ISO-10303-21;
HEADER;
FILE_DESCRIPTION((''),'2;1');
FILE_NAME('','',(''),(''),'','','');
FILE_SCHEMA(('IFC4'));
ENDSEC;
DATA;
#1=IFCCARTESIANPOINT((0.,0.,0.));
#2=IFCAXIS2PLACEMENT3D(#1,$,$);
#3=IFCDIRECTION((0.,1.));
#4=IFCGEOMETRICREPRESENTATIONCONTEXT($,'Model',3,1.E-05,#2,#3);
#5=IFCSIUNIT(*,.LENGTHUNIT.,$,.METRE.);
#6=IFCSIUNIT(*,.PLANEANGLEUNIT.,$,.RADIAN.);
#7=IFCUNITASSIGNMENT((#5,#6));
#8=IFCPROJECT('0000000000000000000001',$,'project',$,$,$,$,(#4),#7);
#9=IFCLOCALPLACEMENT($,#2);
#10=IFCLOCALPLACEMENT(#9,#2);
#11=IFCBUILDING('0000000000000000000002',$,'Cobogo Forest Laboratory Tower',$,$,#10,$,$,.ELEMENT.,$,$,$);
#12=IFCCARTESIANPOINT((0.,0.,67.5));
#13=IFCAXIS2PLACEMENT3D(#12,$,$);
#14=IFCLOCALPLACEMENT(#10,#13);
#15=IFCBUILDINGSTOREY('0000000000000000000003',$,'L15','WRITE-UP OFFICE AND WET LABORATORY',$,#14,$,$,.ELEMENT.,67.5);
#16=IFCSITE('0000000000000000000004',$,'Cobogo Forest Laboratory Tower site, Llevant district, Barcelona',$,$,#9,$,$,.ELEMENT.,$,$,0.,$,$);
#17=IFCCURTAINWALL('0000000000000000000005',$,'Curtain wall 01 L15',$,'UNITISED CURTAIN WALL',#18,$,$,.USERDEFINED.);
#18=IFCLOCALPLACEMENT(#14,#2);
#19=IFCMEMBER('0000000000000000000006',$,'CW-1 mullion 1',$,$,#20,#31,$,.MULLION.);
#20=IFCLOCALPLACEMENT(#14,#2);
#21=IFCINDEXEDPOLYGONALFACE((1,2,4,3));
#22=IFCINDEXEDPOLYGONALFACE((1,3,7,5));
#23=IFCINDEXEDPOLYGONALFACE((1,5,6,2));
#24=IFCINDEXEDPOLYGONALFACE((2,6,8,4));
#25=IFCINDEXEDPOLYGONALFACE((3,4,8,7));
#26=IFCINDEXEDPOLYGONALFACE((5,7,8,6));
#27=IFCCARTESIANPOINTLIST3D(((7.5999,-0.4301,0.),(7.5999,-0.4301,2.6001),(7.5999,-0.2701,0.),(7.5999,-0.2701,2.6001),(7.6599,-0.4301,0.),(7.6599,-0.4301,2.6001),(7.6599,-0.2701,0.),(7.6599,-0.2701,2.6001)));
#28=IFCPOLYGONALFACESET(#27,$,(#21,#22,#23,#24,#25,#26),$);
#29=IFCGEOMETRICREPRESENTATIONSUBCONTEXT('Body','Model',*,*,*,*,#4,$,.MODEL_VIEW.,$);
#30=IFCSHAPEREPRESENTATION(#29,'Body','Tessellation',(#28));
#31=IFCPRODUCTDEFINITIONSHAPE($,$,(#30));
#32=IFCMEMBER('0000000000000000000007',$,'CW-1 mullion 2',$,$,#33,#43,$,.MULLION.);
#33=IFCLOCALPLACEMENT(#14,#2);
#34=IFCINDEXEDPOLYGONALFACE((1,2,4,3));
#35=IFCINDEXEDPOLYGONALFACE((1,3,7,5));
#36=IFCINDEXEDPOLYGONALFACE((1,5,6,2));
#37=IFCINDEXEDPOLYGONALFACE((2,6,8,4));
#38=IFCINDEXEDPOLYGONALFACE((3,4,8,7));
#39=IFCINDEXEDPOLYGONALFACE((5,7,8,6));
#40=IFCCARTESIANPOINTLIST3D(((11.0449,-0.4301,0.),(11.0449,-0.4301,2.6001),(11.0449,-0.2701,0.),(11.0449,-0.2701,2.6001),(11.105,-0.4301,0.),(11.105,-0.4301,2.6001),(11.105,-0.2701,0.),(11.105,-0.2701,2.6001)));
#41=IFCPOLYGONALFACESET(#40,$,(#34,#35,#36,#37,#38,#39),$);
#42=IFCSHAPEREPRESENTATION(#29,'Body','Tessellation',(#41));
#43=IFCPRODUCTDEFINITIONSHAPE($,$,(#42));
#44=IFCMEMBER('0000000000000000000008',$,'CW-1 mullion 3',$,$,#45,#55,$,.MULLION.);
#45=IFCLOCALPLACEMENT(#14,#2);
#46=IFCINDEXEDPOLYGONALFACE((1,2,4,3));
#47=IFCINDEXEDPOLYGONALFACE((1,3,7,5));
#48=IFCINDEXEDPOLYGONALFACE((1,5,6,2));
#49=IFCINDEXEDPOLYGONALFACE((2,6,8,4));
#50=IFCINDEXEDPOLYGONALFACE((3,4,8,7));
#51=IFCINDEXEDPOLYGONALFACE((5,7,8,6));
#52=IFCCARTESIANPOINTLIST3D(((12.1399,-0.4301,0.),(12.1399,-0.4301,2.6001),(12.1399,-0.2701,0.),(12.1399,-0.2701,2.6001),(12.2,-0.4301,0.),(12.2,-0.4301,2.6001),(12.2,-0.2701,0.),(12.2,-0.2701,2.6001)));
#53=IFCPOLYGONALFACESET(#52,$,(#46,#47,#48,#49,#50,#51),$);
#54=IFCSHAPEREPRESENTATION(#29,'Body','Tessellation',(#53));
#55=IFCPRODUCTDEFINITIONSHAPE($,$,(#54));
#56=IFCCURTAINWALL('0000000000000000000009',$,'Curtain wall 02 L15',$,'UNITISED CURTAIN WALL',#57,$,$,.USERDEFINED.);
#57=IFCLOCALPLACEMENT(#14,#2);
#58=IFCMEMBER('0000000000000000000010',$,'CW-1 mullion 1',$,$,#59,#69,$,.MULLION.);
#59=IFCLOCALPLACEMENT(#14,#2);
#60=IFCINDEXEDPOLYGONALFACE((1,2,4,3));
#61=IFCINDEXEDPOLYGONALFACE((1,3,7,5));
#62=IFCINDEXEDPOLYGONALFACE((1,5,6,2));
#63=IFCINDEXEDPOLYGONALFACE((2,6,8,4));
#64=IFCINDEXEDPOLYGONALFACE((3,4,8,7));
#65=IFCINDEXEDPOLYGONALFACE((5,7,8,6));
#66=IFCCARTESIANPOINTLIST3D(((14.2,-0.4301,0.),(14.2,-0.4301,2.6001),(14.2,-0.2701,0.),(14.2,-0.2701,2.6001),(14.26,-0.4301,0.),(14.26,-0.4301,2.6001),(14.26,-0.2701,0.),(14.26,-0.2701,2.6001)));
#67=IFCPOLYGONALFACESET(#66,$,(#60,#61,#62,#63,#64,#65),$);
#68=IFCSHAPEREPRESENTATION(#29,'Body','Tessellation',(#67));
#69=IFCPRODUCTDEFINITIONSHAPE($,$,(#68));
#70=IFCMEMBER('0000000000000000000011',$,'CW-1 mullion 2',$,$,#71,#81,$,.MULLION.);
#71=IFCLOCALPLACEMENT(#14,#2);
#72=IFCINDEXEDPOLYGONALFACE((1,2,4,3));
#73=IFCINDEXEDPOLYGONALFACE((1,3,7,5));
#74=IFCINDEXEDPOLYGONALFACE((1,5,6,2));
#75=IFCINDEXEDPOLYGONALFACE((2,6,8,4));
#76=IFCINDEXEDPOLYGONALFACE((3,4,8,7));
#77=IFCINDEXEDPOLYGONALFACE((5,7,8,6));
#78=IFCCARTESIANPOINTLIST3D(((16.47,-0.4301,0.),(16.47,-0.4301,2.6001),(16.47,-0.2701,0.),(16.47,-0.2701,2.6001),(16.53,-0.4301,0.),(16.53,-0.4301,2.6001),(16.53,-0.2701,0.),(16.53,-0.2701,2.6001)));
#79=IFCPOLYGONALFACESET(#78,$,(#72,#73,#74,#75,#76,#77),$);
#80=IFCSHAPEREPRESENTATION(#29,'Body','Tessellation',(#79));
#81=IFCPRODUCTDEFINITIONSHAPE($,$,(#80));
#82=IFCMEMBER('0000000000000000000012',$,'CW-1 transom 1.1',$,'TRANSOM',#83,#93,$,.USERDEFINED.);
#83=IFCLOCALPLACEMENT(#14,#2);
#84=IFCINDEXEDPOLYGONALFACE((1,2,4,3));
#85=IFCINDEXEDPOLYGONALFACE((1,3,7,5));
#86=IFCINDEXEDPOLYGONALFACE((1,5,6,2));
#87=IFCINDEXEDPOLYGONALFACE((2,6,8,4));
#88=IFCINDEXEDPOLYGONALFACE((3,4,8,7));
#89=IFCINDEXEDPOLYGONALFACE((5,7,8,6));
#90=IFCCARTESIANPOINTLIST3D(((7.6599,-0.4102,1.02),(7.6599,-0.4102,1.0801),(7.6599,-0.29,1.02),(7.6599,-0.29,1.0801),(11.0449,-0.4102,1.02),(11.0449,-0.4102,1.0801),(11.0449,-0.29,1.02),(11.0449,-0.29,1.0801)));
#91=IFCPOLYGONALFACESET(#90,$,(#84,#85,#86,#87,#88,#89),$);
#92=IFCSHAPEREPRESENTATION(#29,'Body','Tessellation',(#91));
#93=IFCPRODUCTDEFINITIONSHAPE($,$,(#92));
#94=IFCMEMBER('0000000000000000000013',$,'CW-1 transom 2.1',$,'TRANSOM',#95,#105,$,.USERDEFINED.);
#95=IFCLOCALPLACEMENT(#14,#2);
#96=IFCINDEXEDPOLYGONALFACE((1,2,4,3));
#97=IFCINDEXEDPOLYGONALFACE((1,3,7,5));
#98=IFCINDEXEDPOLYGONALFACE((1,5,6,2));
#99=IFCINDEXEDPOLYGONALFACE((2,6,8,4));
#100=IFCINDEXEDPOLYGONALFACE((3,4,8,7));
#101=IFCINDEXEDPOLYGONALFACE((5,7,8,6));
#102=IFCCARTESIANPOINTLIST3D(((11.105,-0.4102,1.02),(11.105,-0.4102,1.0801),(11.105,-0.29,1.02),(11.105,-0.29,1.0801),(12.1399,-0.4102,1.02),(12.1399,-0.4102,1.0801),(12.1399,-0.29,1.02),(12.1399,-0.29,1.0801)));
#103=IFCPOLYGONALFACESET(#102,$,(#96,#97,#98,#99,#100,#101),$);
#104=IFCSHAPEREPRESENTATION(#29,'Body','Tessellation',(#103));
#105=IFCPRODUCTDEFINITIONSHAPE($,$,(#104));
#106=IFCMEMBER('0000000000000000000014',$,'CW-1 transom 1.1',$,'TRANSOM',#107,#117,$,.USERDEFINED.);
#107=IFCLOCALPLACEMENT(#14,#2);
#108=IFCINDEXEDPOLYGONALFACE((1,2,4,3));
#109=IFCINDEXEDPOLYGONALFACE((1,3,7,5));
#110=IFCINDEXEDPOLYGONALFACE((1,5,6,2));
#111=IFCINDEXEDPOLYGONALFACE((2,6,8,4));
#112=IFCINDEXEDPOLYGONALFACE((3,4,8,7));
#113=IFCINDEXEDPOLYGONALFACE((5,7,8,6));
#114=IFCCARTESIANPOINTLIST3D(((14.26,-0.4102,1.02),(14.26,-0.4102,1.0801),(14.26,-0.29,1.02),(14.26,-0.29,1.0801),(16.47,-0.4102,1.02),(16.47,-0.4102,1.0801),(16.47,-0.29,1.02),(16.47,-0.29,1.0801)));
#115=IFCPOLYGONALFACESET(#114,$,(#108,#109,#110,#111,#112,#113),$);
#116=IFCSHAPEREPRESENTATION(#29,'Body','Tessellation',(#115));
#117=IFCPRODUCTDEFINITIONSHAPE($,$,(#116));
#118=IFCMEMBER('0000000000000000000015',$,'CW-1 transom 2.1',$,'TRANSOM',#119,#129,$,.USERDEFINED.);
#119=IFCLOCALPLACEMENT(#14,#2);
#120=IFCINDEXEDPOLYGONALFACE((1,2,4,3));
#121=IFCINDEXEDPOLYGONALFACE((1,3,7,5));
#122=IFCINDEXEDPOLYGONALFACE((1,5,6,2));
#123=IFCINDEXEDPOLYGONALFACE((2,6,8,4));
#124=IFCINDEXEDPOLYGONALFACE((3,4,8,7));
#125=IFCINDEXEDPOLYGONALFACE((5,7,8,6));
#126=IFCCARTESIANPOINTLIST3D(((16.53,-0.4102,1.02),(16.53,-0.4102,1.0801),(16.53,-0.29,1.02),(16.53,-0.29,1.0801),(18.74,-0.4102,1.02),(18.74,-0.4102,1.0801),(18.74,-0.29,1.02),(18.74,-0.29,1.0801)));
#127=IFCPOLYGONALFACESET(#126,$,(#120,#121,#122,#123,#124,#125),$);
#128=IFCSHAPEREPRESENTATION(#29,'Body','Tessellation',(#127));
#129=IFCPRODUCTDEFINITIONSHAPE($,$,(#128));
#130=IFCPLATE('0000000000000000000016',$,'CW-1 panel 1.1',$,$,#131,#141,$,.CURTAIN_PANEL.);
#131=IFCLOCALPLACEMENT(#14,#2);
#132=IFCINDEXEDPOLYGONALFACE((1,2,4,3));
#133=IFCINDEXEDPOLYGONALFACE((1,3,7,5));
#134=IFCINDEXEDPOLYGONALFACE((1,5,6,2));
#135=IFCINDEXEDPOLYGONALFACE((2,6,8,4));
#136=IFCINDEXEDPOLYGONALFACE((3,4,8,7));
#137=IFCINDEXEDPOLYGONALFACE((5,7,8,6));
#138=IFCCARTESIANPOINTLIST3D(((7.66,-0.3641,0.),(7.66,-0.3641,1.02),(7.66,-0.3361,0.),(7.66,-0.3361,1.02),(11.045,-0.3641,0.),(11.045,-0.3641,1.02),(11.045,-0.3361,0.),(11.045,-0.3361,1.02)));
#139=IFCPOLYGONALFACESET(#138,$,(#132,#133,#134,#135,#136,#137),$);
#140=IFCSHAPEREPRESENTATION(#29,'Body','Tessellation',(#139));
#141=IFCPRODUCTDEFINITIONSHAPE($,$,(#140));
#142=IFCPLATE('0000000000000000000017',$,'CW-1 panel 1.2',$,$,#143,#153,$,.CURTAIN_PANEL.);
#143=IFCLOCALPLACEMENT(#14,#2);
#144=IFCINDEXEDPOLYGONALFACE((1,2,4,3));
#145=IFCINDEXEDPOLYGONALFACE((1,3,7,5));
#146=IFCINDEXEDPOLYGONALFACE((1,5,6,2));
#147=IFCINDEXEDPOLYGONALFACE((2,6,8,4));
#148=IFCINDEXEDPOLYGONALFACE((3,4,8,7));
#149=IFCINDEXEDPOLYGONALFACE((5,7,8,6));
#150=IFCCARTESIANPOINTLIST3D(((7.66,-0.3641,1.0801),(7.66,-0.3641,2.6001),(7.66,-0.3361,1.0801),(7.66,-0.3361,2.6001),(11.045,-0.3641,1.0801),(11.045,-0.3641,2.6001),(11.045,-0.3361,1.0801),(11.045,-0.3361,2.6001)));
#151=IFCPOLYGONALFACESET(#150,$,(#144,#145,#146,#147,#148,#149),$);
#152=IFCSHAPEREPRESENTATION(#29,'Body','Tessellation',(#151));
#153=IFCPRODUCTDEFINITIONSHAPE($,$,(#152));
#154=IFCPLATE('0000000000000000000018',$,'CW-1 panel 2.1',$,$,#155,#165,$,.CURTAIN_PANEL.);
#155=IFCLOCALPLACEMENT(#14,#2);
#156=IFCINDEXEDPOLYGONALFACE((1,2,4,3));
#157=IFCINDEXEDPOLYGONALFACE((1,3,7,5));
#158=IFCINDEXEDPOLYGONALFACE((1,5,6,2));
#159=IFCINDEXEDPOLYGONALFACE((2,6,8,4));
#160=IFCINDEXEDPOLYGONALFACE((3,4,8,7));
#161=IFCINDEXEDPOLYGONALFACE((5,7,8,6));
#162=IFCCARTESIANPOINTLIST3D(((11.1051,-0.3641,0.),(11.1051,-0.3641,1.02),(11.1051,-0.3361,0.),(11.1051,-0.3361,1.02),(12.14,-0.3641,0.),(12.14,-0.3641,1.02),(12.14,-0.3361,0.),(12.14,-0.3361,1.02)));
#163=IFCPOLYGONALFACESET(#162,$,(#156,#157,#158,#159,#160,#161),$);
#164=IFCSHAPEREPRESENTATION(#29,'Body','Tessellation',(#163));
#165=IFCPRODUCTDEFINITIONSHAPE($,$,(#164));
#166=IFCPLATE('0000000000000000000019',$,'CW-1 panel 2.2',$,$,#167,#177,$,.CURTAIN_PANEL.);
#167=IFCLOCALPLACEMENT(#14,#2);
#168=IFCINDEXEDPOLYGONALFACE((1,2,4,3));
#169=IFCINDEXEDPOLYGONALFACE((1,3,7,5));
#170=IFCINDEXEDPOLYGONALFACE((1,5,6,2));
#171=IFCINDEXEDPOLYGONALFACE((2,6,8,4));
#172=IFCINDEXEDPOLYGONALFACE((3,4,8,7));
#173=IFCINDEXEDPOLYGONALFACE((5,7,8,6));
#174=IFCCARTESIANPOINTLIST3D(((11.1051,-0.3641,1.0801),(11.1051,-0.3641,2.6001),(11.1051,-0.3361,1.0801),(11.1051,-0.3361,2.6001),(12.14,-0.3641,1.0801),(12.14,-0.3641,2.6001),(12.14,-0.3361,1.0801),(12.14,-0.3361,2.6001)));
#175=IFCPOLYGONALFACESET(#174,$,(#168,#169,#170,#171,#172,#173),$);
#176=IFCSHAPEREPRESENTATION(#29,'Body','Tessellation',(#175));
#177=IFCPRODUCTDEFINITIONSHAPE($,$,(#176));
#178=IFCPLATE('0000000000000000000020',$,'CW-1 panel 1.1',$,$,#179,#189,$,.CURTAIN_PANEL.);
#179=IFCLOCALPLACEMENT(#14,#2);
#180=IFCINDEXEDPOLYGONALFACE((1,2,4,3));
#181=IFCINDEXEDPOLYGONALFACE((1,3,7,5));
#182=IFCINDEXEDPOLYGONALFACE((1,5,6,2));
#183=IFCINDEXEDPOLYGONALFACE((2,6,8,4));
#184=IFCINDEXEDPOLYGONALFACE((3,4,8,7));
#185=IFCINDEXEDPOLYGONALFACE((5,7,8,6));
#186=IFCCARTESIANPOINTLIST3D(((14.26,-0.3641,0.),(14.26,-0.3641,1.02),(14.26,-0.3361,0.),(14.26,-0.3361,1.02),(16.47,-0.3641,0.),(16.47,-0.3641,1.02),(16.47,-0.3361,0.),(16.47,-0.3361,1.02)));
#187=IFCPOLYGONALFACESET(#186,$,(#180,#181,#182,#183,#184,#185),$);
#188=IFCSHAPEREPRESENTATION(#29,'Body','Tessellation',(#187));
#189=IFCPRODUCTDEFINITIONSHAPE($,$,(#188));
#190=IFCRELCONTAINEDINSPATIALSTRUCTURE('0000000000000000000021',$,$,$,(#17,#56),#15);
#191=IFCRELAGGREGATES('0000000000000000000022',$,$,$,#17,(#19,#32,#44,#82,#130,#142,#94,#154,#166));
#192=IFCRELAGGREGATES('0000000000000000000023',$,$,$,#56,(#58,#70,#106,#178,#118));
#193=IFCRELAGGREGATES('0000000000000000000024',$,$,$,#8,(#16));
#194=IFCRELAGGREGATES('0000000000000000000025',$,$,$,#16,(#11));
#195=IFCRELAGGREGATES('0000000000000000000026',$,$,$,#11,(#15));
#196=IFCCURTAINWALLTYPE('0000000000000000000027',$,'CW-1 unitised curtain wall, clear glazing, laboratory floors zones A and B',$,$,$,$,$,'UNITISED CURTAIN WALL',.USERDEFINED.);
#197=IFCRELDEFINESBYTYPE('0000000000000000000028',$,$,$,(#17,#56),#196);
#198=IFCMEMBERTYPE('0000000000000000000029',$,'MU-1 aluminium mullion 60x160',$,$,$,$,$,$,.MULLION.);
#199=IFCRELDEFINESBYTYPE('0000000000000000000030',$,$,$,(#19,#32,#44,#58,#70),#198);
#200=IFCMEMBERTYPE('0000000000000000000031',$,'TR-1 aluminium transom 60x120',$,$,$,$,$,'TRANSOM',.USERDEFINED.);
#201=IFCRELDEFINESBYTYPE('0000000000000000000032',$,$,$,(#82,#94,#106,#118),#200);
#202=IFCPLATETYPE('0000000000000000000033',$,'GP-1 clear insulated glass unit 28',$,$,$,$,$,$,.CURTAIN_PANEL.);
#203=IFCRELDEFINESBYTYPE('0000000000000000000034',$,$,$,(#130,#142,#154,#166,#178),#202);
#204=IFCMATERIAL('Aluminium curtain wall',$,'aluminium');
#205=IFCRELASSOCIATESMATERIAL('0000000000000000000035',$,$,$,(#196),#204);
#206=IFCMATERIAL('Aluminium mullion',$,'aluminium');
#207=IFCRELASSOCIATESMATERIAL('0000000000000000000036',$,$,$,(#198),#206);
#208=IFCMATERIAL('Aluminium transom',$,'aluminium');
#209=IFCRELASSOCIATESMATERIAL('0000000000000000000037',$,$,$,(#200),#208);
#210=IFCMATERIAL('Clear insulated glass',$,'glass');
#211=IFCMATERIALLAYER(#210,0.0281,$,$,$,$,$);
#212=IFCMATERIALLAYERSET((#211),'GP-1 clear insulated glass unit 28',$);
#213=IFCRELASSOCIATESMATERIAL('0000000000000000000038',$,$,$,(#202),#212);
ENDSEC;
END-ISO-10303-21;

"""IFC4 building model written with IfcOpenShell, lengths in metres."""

from ifc_helpers import new_model, si_unit, direction, frame, origin, origin_2d, place, context, subcontext, project, spatial, rectangle, extrude, material, layer, layer_set, material_profile, profile_set, type_object, element, aggregate, save


model = new_model("IFC4")

# Units and contexts
model_context = context("Model", 3, precision=1e-05, world=origin(), true_north=direction((0.0, 1.0)))
body_context = subcontext(model_context, "Body", "Model", "MODEL_VIEW")
ifc_project = project(units=[si_unit("LENGTHUNIT", "METRE"), si_unit("PLANEANGLEUNIT", "RADIAN")], contexts=[model_context])

# Site, building, storey
site_placement = place(None, origin())
site = spatial("IfcSite", under=ifc_project, at=site_placement, Name="Cobogo Forest Laboratory Tower site, Llevant district, Barcelona", CompositionType="ELEMENT", RefElevation=0.0)
building_placement = place(site_placement, origin())
building = spatial("IfcBuilding", under=site, at=building_placement, Name="Cobogo Forest Laboratory Tower", CompositionType="ELEMENT")
storey_placement = place(building_placement, frame((0.0, 0.0, 67.5)))
storey = spatial("IfcBuildingStorey", under=building, at=storey_placement, Name="L15", Description="WRITE-UP OFFICE AND WET LABORATORY", CompositionType="ELEMENT", Elevation=67.5)

# Curtain walls, members
ifc_material_1 = material(Name="Aluminium curtain wall", Category="aluminium")
curtain_wall_type = type_object("IfcCurtainWallType", Name="CW-1 unitised curtain wall, clear glazing, laboratory floors zones A and B", ElementType="UNITISED CURTAIN WALL", PredefinedType="USERDEFINED", material=ifc_material_1)
curtain_wall_1_placement = place(storey_placement, origin())
curtain_wall_1 = element("IfcCurtainWall", 1, at=curtain_wall_1_placement, inside=storey, type_object=curtain_wall_type, Name="Curtain wall 01 L15", ObjectType="UNITISED CURTAIN WALL", PredefinedType="USERDEFINED")
ifc_material_2 = material(Name="Aluminium mullion", Category="aluminium")
ifc_material_profile_1 = material_profile(ifc_material_2, rectangle(XDim=0.0601, YDim=0.1599, at=origin_2d()), Name="AL 60x160")
ifc_profile_set_1 = profile_set([ifc_material_profile_1], Name="Aluminium mullion")
member_type_1 = type_object("IfcMemberType", Name="MU-1 aluminium mullion 60x160", PredefinedType="MULLION", material=ifc_profile_set_1)
member_1_placement = place(storey_placement, frame((7.6299, -0.3501, 0.0), z_axis=(0.0, 0.0, 1.0), x_axis=(1.0, 0.0, 0.0)))
member_1 = element("IfcMember", 2, at=member_1_placement, type_object=member_type_1, Name="CW-1 mullion 1", PredefinedType="MULLION", context=body_context, shape_type="SweptSolid", body=[
    extrude(rectangle(XDim=0.0601, YDim=0.1599, at=origin_2d()), origin(), (0.0, 0.0, 1.0), 2.6001),
])
member_2_placement = place(storey_placement, frame((11.075, -0.3501, 0.0), z_axis=(0.0, 0.0, 1.0), x_axis=(1.0, 0.0, 0.0)))
member_2 = element("IfcMember", 3, at=member_2_placement, type_object=member_type_1, Name="CW-1 mullion 2", PredefinedType="MULLION", context=body_context, shape_type="SweptSolid", body=[
    extrude(rectangle(XDim=0.0601, YDim=0.1599, at=origin_2d()), origin(), (0.0, 0.0, 1.0), 2.6001),
])
member_3_placement = place(storey_placement, frame((12.1699, -0.3501, 0.0), z_axis=(0.0, 0.0, 1.0), x_axis=(1.0, 0.0, 0.0)))
member_3 = element("IfcMember", 4, at=member_3_placement, type_object=member_type_1, Name="CW-1 mullion 3", PredefinedType="MULLION", context=body_context, shape_type="SweptSolid", body=[
    extrude(rectangle(XDim=0.0601, YDim=0.1599, at=origin_2d()), origin(), (0.0, 0.0, 1.0), 2.6001),
])
curtain_wall_2_placement = place(storey_placement, origin())
curtain_wall_2 = element("IfcCurtainWall", 5, at=curtain_wall_2_placement, inside=storey, type_object=curtain_wall_type, Name="Curtain wall 02 L15", ObjectType="UNITISED CURTAIN WALL", PredefinedType="USERDEFINED")
member_4_placement = place(storey_placement, frame((14.23, -0.3501, 0.0), z_axis=(0.0, 0.0, 1.0), x_axis=(1.0, 0.0, 0.0)))
member_4 = element("IfcMember", 6, at=member_4_placement, type_object=member_type_1, Name="CW-1 mullion 1", PredefinedType="MULLION", context=body_context, shape_type="SweptSolid", body=[
    extrude(rectangle(XDim=0.0601, YDim=0.1599, at=origin_2d()), origin(), (0.0, 0.0, 1.0), 2.6001),
])
member_5_placement = place(storey_placement, frame((16.5, -0.3501, 0.0), z_axis=(0.0, 0.0, 1.0), x_axis=(1.0, 0.0, 0.0)))
member_5 = element("IfcMember", 7, at=member_5_placement, type_object=member_type_1, Name="CW-1 mullion 2", PredefinedType="MULLION", context=body_context, shape_type="SweptSolid", body=[
    extrude(rectangle(XDim=0.0601, YDim=0.1599, at=origin_2d()), origin(), (0.0, 0.0, 1.0), 2.6001),
])

# Members
ifc_material_3 = material(Name="Aluminium transom", Category="aluminium")
ifc_material_profile_2 = material_profile(ifc_material_3, rectangle(XDim=0.1201, YDim=0.0601, at=origin_2d()), Name="AL 60x120")
ifc_profile_set_2 = profile_set([ifc_material_profile_2], Name="Aluminium transom")
member_type_2 = type_object("IfcMemberType", Name="TR-1 aluminium transom 60x120", ElementType="TRANSOM", PredefinedType="USERDEFINED", material=ifc_profile_set_2)
member_6_placement = place(storey_placement, frame((7.6599, -0.3501, 1.05), z_axis=(1.0, 0.0, 0.0), x_axis=(0.0, 1.0, 0.0)))
member_6 = element("IfcMember", 8, at=member_6_placement, type_object=member_type_2, Name="CW-1 transom 1.1", ObjectType="TRANSOM", PredefinedType="USERDEFINED", context=body_context, shape_type="SweptSolid", body=[
    extrude(rectangle(XDim=0.1201, YDim=0.0601, at=origin_2d()), origin(), (0.0, 0.0, 1.0), 3.385),
])
member_7_placement = place(storey_placement, frame((11.105, -0.3501, 1.05), z_axis=(1.0, 0.0, 0.0), x_axis=(0.0, 1.0, 0.0)))
member_7 = element("IfcMember", 9, at=member_7_placement, type_object=member_type_2, Name="CW-1 transom 2.1", ObjectType="TRANSOM", PredefinedType="USERDEFINED", context=body_context, shape_type="SweptSolid", body=[
    extrude(rectangle(XDim=0.1201, YDim=0.0601, at=origin_2d()), origin(), (0.0, 0.0, 1.0), 1.0349),
])
member_8_placement = place(storey_placement, frame((14.26, -0.3501, 1.05), z_axis=(1.0, 0.0, 0.0), x_axis=(0.0, 1.0, 0.0)))
member_8 = element("IfcMember", 10, at=member_8_placement, type_object=member_type_2, Name="CW-1 transom 1.1", ObjectType="TRANSOM", PredefinedType="USERDEFINED", context=body_context, shape_type="SweptSolid", body=[
    extrude(rectangle(XDim=0.1201, YDim=0.0601, at=origin_2d()), origin(), (0.0, 0.0, 1.0), 2.21),
])
member_9_placement = place(storey_placement, frame((16.53, -0.3501, 1.05), z_axis=(1.0, 0.0, 0.0), x_axis=(0.0, 1.0, 0.0)))
member_9 = element("IfcMember", 11, at=member_9_placement, type_object=member_type_2, Name="CW-1 transom 2.1", ObjectType="TRANSOM", PredefinedType="USERDEFINED", context=body_context, shape_type="SweptSolid", body=[
    extrude(rectangle(XDim=0.1201, YDim=0.0601, at=origin_2d()), origin(), (0.0, 0.0, 1.0), 2.21),
])

# Plates
ifc_material_4 = material(Name="Clear insulated glass", Category="glass")
ifc_layer = layer(ifc_material_4, 0.0281)
ifc_layer_set = layer_set([ifc_layer], Name="GP-1 clear insulated glass unit 28")
plate_type_1 = type_object("IfcPlateType", Name="GP-1 clear insulated glass unit 28", PredefinedType="CURTAIN_PANEL", material=ifc_layer_set)
plate_1_placement = place(storey_placement, frame((9.3525, -0.3501, 0.0), z_axis=(0.0, 0.0, 1.0), x_axis=(1.0, 0.0, 0.0)))
plate_1 = element("IfcPlate", 12, at=plate_1_placement, type_object=plate_type_1, Name="CW-1 panel 1.1", PredefinedType="CURTAIN_PANEL", context=body_context, shape_type="SweptSolid", body=[
    extrude(rectangle(XDim=3.385, YDim=0.0281, at=origin_2d()), origin(), (0.0, 0.0, 1.0), 1.02),
])
plate_2_placement = place(storey_placement, frame((9.3525, -0.3501, 1.0801), z_axis=(0.0, 0.0, 1.0), x_axis=(1.0, 0.0, 0.0)))
plate_2 = element("IfcPlate", 13, at=plate_2_placement, type_object=plate_type_1, Name="CW-1 panel 1.2", PredefinedType="CURTAIN_PANEL", context=body_context, shape_type="SweptSolid", body=[
    extrude(rectangle(XDim=3.385, YDim=0.0281, at=origin_2d()), origin(), (0.0, 0.0, 1.0), 1.52),
])
plate_3_placement = place(storey_placement, frame((11.6226, -0.3501, 0.0), z_axis=(0.0, 0.0, 1.0), x_axis=(1.0, 0.0, 0.0)))
plate_3 = element("IfcPlate", 14, at=plate_3_placement, type_object=plate_type_1, Name="CW-1 panel 2.1", PredefinedType="CURTAIN_PANEL", context=body_context, shape_type="SweptSolid", body=[
    extrude(rectangle(XDim=1.0349, YDim=0.0281, at=origin_2d()), origin(), (0.0, 0.0, 1.0), 1.02),
])
plate_4_placement = place(storey_placement, frame((11.6226, -0.3501, 1.0801), z_axis=(0.0, 0.0, 1.0), x_axis=(1.0, 0.0, 0.0)))
plate_4 = element("IfcPlate", 15, at=plate_4_placement, type_object=plate_type_1, Name="CW-1 panel 2.2", PredefinedType="CURTAIN_PANEL", context=body_context, shape_type="SweptSolid", body=[
    extrude(rectangle(XDim=1.0349, YDim=0.0281, at=origin_2d()), origin(), (0.0, 0.0, 1.0), 1.52),
])
aggregate(curtain_wall_1, [member_1, member_2, member_3, member_6, plate_1, plate_2, member_7, plate_3, plate_4])
plate_5_placement = place(storey_placement, frame((15.365, -0.3501, 0.0), z_axis=(0.0, 0.0, 1.0), x_axis=(1.0, 0.0, 0.0)))
plate_5 = element("IfcPlate", 16, at=plate_5_placement, type_object=plate_type_1, Name="CW-1 panel 1.1", PredefinedType="CURTAIN_PANEL", context=body_context, shape_type="SweptSolid", body=[
    extrude(rectangle(XDim=2.21, YDim=0.0281, at=origin_2d()), origin(), (0.0, 0.0, 1.0), 1.02),
])
aggregate(curtain_wall_2, [member_4, member_5, member_8, plate_5, member_9])

save(model, "model.ifc")
